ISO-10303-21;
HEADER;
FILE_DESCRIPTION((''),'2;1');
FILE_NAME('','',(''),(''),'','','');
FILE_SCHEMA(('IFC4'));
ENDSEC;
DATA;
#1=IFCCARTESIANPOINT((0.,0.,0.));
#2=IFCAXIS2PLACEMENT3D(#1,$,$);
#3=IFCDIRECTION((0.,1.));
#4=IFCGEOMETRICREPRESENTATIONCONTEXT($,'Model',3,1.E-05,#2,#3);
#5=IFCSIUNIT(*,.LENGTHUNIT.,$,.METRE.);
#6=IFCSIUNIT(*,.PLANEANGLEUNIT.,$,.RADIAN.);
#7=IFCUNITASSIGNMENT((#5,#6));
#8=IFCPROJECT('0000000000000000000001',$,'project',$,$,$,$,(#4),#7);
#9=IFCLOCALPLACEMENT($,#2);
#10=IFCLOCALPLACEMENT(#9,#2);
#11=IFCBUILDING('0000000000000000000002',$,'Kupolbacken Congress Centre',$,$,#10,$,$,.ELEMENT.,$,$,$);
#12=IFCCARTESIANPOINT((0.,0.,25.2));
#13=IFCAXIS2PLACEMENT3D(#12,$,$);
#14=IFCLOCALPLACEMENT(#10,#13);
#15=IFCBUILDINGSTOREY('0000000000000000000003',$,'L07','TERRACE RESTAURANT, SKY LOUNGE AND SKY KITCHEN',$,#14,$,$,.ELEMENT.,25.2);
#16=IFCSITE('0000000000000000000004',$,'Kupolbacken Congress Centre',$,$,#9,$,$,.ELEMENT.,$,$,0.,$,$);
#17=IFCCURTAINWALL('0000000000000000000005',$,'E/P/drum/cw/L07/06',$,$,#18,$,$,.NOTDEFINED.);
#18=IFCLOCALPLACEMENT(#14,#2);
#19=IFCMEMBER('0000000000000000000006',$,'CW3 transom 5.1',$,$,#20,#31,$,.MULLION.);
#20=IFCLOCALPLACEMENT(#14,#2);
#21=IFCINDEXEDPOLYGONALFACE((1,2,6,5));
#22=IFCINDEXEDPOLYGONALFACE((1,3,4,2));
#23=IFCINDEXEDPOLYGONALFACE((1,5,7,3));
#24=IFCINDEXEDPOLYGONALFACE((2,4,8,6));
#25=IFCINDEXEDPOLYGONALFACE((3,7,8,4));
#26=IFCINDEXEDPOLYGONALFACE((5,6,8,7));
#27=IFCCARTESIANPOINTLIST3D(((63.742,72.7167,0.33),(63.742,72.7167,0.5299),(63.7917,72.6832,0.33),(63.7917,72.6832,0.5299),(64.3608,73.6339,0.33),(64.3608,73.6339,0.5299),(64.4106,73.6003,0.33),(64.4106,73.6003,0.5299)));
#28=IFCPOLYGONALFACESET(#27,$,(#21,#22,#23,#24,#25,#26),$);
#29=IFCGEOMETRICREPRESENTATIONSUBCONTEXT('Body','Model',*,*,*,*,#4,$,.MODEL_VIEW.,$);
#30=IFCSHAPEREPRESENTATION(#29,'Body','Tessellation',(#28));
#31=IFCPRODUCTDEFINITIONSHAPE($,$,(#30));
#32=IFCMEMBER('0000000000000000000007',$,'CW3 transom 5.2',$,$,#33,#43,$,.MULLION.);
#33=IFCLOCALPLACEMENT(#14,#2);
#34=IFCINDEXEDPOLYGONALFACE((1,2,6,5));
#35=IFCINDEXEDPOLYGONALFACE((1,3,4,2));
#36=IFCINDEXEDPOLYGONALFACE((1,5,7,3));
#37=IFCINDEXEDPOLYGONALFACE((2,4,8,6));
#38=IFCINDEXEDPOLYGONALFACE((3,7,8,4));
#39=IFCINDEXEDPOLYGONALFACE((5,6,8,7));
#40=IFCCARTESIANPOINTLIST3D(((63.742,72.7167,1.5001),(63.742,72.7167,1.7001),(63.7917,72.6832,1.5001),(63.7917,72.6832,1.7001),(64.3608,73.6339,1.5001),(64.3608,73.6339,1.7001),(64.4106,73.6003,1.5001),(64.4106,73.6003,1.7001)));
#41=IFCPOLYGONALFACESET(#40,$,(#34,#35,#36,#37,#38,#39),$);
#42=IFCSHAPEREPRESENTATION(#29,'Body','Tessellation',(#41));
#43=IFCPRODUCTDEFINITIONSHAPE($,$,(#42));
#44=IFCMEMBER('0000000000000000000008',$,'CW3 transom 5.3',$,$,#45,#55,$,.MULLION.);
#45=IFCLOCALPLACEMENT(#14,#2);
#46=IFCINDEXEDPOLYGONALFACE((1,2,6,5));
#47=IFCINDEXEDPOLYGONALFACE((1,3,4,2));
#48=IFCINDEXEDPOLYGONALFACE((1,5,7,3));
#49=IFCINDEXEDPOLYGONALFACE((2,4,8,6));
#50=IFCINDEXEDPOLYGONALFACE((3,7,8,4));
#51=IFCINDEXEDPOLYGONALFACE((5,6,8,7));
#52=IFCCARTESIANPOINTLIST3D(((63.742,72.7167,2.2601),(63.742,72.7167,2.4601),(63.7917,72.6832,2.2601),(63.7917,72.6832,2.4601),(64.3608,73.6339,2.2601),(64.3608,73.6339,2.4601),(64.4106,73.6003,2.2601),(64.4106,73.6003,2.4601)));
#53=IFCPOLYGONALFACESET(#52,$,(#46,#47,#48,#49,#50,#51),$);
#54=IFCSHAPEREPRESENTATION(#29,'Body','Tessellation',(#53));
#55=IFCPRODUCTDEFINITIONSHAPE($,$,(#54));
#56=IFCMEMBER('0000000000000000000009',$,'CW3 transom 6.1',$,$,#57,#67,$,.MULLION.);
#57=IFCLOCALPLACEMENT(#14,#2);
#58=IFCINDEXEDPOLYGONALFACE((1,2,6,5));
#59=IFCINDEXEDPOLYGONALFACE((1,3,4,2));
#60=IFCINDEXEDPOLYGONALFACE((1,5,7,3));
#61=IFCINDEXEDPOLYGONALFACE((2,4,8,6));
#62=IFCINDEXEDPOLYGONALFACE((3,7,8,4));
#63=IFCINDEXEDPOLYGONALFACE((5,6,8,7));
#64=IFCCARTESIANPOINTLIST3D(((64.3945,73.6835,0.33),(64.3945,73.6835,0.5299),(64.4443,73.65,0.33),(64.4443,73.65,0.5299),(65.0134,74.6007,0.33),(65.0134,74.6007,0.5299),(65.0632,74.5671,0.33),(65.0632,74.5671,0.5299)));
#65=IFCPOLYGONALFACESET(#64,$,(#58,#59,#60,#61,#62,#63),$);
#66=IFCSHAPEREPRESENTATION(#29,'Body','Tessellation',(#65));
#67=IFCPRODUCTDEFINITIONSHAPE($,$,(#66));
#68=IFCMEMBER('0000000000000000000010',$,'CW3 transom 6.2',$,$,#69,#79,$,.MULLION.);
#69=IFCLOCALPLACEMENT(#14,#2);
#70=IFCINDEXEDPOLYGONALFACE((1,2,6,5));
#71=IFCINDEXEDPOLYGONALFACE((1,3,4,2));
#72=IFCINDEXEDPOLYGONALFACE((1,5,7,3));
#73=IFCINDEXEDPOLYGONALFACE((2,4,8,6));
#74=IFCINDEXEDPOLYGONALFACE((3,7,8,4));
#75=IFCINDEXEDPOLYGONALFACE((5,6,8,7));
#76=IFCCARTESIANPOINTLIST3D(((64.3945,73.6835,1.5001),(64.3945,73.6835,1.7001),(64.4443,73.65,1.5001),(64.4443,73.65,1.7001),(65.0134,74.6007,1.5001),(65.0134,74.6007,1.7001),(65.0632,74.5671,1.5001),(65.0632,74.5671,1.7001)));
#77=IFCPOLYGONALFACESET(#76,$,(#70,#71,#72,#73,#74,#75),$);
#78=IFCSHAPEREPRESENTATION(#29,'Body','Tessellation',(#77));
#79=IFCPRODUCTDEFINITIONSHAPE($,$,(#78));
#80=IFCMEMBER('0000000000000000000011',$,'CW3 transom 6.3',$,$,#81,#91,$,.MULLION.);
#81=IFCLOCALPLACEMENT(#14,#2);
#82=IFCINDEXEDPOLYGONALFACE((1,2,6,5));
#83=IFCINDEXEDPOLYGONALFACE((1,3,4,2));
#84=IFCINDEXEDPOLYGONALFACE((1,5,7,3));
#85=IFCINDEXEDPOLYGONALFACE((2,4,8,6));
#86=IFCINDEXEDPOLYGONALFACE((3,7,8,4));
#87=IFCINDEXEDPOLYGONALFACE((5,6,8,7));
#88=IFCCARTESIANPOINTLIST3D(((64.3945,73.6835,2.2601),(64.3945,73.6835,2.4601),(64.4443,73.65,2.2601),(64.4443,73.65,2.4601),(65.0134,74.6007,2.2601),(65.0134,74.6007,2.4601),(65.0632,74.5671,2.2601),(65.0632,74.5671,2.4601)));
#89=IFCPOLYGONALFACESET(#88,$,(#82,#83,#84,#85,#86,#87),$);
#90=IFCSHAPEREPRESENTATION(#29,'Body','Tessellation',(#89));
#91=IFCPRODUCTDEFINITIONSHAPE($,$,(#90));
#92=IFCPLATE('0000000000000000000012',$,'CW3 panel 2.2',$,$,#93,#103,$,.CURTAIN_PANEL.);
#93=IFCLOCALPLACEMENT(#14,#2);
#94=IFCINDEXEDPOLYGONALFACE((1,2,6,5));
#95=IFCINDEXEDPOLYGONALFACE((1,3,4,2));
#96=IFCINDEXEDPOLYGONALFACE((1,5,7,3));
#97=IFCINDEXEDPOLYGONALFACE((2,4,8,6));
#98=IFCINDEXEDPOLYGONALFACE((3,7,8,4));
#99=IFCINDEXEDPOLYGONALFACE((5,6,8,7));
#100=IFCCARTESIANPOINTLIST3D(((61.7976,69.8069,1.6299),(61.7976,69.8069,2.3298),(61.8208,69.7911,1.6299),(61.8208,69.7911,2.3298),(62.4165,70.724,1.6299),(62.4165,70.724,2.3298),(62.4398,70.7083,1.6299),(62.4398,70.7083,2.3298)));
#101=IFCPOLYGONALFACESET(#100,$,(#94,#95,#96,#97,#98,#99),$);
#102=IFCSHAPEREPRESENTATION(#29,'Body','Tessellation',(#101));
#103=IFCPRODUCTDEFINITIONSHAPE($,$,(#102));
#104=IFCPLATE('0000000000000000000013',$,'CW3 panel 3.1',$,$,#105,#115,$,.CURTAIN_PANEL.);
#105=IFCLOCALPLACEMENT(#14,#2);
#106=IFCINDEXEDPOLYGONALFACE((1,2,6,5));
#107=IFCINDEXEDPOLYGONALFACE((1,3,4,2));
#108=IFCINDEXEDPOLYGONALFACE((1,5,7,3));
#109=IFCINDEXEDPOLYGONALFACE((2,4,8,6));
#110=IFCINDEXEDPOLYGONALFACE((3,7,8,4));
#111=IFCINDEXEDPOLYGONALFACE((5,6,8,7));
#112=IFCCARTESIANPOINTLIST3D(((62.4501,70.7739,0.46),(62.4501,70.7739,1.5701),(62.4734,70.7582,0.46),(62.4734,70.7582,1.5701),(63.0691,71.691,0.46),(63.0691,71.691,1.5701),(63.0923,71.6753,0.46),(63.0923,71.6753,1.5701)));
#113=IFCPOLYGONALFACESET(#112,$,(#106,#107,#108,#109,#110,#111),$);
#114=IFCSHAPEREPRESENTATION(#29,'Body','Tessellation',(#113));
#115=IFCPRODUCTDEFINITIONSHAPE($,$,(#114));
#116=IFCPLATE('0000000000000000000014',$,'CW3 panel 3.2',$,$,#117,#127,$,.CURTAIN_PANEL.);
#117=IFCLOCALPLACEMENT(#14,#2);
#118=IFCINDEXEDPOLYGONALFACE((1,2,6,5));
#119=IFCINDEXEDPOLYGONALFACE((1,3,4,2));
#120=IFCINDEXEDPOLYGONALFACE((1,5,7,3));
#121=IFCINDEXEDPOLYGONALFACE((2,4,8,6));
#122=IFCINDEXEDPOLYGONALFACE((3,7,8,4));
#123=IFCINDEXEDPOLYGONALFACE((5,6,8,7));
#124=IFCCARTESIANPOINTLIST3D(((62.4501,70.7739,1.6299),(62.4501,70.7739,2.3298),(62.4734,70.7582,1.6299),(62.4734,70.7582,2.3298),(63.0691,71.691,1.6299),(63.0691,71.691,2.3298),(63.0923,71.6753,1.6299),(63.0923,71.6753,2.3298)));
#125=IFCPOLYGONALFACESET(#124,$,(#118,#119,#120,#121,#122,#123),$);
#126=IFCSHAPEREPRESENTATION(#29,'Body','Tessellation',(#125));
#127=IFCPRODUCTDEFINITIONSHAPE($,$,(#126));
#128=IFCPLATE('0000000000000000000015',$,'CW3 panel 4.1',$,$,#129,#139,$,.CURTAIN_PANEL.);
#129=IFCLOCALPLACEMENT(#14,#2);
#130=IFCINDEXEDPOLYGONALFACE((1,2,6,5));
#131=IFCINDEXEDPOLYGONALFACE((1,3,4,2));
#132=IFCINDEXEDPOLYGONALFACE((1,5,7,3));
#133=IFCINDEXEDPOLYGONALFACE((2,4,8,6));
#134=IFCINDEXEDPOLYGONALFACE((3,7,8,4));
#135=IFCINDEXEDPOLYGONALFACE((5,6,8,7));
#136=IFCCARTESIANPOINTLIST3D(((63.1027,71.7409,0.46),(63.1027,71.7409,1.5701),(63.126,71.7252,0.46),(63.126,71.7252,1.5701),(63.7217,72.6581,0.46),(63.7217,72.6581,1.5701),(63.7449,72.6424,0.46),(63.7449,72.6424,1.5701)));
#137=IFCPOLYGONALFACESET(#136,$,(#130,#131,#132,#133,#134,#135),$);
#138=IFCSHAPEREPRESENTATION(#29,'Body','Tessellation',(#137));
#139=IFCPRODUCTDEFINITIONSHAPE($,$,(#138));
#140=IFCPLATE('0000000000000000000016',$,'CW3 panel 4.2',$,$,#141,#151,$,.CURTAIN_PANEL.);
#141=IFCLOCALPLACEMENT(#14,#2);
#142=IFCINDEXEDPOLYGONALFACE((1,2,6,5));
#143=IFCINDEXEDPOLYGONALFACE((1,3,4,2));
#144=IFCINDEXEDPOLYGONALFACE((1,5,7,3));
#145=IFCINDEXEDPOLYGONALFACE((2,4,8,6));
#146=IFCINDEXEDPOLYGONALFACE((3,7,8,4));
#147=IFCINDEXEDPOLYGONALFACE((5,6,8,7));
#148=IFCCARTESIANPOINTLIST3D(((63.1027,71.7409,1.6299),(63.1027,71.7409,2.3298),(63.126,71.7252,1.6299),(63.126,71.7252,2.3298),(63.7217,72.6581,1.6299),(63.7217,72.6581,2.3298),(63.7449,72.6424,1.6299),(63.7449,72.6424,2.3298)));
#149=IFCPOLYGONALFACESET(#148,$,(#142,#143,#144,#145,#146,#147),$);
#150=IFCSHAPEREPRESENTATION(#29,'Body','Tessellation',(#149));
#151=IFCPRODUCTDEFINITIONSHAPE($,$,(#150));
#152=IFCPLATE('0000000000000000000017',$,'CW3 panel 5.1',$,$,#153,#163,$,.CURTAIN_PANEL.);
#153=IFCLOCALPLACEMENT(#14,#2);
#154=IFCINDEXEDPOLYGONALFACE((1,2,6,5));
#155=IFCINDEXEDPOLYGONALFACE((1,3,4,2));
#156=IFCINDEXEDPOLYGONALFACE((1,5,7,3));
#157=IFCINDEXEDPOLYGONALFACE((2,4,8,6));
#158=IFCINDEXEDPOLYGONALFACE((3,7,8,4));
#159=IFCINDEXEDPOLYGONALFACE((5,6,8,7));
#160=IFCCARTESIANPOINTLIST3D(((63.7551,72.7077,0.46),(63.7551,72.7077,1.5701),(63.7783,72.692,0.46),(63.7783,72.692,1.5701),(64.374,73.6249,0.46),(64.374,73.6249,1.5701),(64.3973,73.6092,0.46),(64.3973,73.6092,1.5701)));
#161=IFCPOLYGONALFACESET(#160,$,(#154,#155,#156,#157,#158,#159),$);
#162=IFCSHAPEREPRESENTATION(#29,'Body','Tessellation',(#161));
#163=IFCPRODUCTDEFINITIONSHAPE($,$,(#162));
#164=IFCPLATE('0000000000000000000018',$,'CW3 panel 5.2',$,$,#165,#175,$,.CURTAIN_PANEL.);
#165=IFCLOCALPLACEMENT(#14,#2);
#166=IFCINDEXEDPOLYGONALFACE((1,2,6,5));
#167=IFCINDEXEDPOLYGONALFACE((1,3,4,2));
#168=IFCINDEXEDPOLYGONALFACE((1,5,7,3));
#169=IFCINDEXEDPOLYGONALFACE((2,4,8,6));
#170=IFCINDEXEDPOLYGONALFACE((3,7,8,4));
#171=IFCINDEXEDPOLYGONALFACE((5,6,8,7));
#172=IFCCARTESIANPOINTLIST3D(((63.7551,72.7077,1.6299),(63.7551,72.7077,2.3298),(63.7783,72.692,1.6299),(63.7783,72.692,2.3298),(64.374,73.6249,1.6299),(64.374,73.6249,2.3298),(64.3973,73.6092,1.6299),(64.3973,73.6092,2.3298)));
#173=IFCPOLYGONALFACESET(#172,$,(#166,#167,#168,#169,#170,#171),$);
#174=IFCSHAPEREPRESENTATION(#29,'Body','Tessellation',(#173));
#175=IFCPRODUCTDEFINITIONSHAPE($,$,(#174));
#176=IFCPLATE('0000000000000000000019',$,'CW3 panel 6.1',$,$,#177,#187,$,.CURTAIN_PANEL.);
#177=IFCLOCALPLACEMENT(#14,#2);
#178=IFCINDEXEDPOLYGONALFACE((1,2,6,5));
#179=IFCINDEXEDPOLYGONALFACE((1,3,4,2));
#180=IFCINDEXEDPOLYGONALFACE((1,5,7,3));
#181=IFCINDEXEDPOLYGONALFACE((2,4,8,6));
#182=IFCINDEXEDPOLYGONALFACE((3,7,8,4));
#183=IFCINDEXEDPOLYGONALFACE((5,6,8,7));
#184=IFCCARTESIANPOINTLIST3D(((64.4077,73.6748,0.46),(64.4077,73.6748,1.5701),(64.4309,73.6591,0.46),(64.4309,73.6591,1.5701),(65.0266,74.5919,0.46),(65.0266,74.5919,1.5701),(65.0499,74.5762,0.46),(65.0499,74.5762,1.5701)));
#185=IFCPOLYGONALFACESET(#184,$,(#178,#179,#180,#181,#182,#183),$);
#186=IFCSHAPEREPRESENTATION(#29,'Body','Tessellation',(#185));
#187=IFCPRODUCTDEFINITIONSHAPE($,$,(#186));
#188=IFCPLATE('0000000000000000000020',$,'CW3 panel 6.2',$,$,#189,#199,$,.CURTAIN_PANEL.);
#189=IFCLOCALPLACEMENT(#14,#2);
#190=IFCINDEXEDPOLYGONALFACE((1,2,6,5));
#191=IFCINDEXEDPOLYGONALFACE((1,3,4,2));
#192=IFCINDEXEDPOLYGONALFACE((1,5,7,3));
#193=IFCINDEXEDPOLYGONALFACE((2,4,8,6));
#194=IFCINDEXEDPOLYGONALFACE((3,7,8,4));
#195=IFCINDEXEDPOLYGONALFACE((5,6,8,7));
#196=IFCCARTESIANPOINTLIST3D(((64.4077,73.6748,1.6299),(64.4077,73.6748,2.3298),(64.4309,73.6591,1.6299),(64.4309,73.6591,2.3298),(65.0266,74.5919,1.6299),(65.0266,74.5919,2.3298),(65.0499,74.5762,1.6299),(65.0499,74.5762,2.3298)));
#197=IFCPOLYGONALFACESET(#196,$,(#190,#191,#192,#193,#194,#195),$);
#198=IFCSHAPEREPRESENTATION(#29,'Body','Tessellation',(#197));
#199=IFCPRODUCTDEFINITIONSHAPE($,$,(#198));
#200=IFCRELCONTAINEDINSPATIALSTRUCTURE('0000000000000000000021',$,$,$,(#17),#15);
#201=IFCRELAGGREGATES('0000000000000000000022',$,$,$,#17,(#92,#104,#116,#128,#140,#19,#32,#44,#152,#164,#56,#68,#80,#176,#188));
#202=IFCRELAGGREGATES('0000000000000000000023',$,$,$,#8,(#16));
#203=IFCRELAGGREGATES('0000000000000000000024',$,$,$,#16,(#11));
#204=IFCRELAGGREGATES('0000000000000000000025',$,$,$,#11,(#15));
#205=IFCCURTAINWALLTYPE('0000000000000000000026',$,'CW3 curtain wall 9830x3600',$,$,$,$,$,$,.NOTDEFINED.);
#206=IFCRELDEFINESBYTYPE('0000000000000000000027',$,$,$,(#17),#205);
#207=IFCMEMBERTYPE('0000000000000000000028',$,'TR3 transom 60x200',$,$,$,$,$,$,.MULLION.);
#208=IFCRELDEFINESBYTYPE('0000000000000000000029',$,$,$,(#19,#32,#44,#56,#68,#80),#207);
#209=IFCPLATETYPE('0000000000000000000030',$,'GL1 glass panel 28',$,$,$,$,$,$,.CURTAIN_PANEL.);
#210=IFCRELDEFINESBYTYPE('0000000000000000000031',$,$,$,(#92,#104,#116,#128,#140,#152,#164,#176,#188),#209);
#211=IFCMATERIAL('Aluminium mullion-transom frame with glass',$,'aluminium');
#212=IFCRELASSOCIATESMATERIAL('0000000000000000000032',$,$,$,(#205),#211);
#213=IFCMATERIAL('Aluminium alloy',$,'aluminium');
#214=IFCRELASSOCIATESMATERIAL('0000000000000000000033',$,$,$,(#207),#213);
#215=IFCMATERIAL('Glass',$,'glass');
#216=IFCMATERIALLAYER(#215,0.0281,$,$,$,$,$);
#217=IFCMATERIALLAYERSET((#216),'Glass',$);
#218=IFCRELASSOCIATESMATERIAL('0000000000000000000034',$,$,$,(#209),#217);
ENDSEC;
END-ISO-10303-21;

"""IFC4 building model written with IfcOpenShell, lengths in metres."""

from ifc_helpers import new_model, si_unit, direction, frame, origin, origin_2d, place, context, subcontext, project, spatial, rectangle, extrude, material, layer, layer_set, material_profile, profile_set, type_object, element, aggregate, save


model = new_model("IFC4")

# Units and contexts
model_context = context("Model", 3, precision=1e-05, world=origin(), true_north=direction((0.0, 1.0)))
body_context = subcontext(model_context, "Body", "Model", "MODEL_VIEW")
ifc_project = project(units=[si_unit("LENGTHUNIT", "METRE"), si_unit("PLANEANGLEUNIT", "RADIAN")], contexts=[model_context])

# Site, building, storey
site_placement = place(None, origin())
site = spatial("IfcSite", under=ifc_project, at=site_placement, Name="Kupolbacken Congress Centre", CompositionType="ELEMENT", RefElevation=0.0)
building_placement = place(site_placement, origin())
building = spatial("IfcBuilding", under=site, at=building_placement, Name="Kupolbacken Congress Centre", CompositionType="ELEMENT")
storey_placement = place(building_placement, frame((0.0, 0.0, 25.2)))
storey = spatial("IfcBuildingStorey", under=building, at=storey_placement, Name="L07", Description="TERRACE RESTAURANT, SKY LOUNGE AND SKY KITCHEN", CompositionType="ELEMENT", Elevation=25.2)

# Curtain wall, members, plates
ifc_material_1 = material(Name="Aluminium mullion-transom frame with glass", Category="aluminium")
curtain_wall_type = type_object("IfcCurtainWallType", Name="CW3 curtain wall 9830x3600", PredefinedType="NOTDEFINED", material=ifc_material_1)
curtain_wall_placement = place(storey_placement, origin())
curtain_wall = element("IfcCurtainWall", 1, at=curtain_wall_placement, inside=storey, type_object=curtain_wall_type, Name="E/P/drum/cw/L07/06", PredefinedType="NOTDEFINED")
ifc_material_2 = material(Name="Aluminium alloy", Category="aluminium")
ifc_material_profile_1 = material_profile(ifc_material_2, rectangle(XDim=0.0601, YDim=0.2, at=origin_2d()), Name="60 x 200")
ifc_profile_set_1 = profile_set([ifc_material_profile_1], Name="Aluminium alloy")
member_type_1 = type_object("IfcMemberType", Name="TR3 transom 60x200", PredefinedType="MULLION", material=ifc_profile_set_1)
member_1_placement = place(storey_placement, frame((63.7668, 72.7, 0.4299), z_axis=(0.559325, 0.828948, 0.0), x_axis=(-0.828948, 0.559325, 0.0)))
member_1 = element("IfcMember", 2, at=member_1_placement, type_object=member_type_1, Name="CW3 transom 5.1", PredefinedType="MULLION", context=body_context, shape_type="SweptSolid", body=[
    extrude(rectangle(XDim=0.0601, YDim=0.2, at=origin_2d()), origin(), (0.0, 0.0, 1.0), 1.1064),
])
member_2_placement = place(storey_placement, frame((63.7668, 72.7, 1.6001), z_axis=(0.559325, 0.828948, 0.0), x_axis=(-0.828948, 0.559325, 0.0)))
member_2 = element("IfcMember", 3, at=member_2_placement, type_object=member_type_1, Name="CW3 transom 5.2", PredefinedType="MULLION", context=body_context, shape_type="SweptSolid", body=[
    extrude(rectangle(XDim=0.0601, YDim=0.2, at=origin_2d()), origin(), (0.0, 0.0, 1.0), 1.1064),
])
member_3_placement = place(storey_placement, frame((63.7668, 72.7, 2.3601), z_axis=(0.559325, 0.828948, 0.0), x_axis=(-0.828948, 0.559325, 0.0)))
member_3 = element("IfcMember", 4, at=member_3_placement, type_object=member_type_1, Name="CW3 transom 5.3", PredefinedType="MULLION", context=body_context, shape_type="SweptSolid", body=[
    extrude(rectangle(XDim=0.0601, YDim=0.2, at=origin_2d()), origin(), (0.0, 0.0, 1.0), 1.1064),
])
member_4_placement = place(storey_placement, frame((64.4194, 73.6667, 0.4299), z_axis=(0.559325, 0.828948, 0.0), x_axis=(-0.828948, 0.559325, 0.0)))
member_4 = element("IfcMember", 5, at=member_4_placement, type_object=member_type_1, Name="CW3 transom 6.1", PredefinedType="MULLION", context=body_context, shape_type="SweptSolid", body=[
    extrude(rectangle(XDim=0.0601, YDim=0.2, at=origin_2d()), origin(), (0.0, 0.0, 1.0), 1.1064),
])
member_5_placement = place(storey_placement, frame((64.4194, 73.6667, 1.6001), z_axis=(0.559325, 0.828948, 0.0), x_axis=(-0.828948, 0.559325, 0.0)))
member_5 = element("IfcMember", 6, at=member_5_placement, type_object=member_type_1, Name="CW3 transom 6.2", PredefinedType="MULLION", context=body_context, shape_type="SweptSolid", body=[
    extrude(rectangle(XDim=0.0601, YDim=0.2, at=origin_2d()), origin(), (0.0, 0.0, 1.0), 1.1064),
])
member_6_placement = place(storey_placement, frame((64.4194, 73.6667, 2.3601), z_axis=(0.559325, 0.828948, 0.0), x_axis=(-0.828948, 0.559325, 0.0)))
member_6 = element("IfcMember", 7, at=member_6_placement, type_object=member_type_1, Name="CW3 transom 6.3", PredefinedType="MULLION", context=body_context, shape_type="SweptSolid", body=[
    extrude(rectangle(XDim=0.0601, YDim=0.2, at=origin_2d()), origin(), (0.0, 0.0, 1.0), 1.1064),
])
ifc_material_3 = material(Name="Glass", Category="glass")
ifc_layer_1 = layer(ifc_material_3, 0.0281)
ifc_layer_set_1 = layer_set([ifc_layer_1], Name="Glass")
plate_type = type_object("IfcPlateType", Name="GL1 glass panel 28", PredefinedType="CURTAIN_PANEL", material=ifc_layer_set_1)
plate_1_placement = place(storey_placement, frame((62.1187, 70.2576, 1.6299), z_axis=(0.0, 0.0, 1.0), x_axis=(0.559386, 0.828908, 0.0)))
plate_1 = element("IfcPlate", 8, at=plate_1_placement, type_object=plate_type, Name="CW3 panel 2.2", PredefinedType="CURTAIN_PANEL", context=body_context, shape_type="SweptSolid", body=[
    extrude(rectangle(XDim=1.1064, YDim=0.0281, at=origin_2d()), origin(), (0.0, 0.0, 1.0), 0.7),
])
plate_2_placement = place(storey_placement, frame((62.7712, 71.2246, 0.46), z_axis=(0.0, 0.0, 1.0), x_axis=(0.559386, 0.828908, 0.0)))
plate_2 = element("IfcPlate", 9, at=plate_2_placement, type_object=plate_type, Name="CW3 panel 3.1", PredefinedType="CURTAIN_PANEL", context=body_context, shape_type="SweptSolid", body=[
    extrude(rectangle(XDim=1.1064, YDim=0.0281, at=origin_2d()), origin(), (0.0, 0.0, 1.0), 1.1101),
])
plate_3_placement = place(storey_placement, frame((62.7712, 71.2246, 1.6299), z_axis=(0.0, 0.0, 1.0), x_axis=(0.559386, 0.828908, 0.0)))
plate_3 = element("IfcPlate", 10, at=plate_3_placement, type_object=plate_type, Name="CW3 panel 3.2", PredefinedType="CURTAIN_PANEL", context=body_context, shape_type="SweptSolid", body=[
    extrude(rectangle(XDim=1.1064, YDim=0.0281, at=origin_2d()), origin(), (0.0, 0.0, 1.0), 0.7),
])
plate_4_placement = place(storey_placement, frame((63.4238, 72.1917, 0.46), z_axis=(0.0, 0.0, 1.0), x_axis=(0.559386, 0.828908, 0.0)))
plate_4 = element("IfcPlate", 11, at=plate_4_placement, type_object=plate_type, Name="CW3 panel 4.1", PredefinedType="CURTAIN_PANEL", context=body_context, shape_type="SweptSolid", body=[
    extrude(rectangle(XDim=1.1064, YDim=0.0281, at=origin_2d()), origin(), (0.0, 0.0, 1.0), 1.1101),
])
plate_5_placement = place(storey_placement, frame((63.4238, 72.1917, 1.6299), z_axis=(0.0, 0.0, 1.0), x_axis=(0.559386, 0.828908, 0.0)))
plate_5 = element("IfcPlate", 12, at=plate_5_placement, type_object=plate_type, Name="CW3 panel 4.2", PredefinedType="CURTAIN_PANEL", context=body_context, shape_type="SweptSolid", body=[
    extrude(rectangle(XDim=1.1064, YDim=0.0281, at=origin_2d()), origin(), (0.0, 0.0, 1.0), 0.7),
])
plate_6_placement = place(storey_placement, frame((64.0762, 73.1584, 0.46), z_axis=(0.0, 0.0, 1.0), x_axis=(0.559386, 0.828908, 0.0)))
plate_6 = element("IfcPlate", 13, at=plate_6_placement, type_object=plate_type, Name="CW3 panel 5.1", PredefinedType="CURTAIN_PANEL", context=body_context, shape_type="SweptSolid", body=[
    extrude(rectangle(XDim=1.1064, YDim=0.0281, at=origin_2d()), origin(), (0.0, 0.0, 1.0), 1.1101),
])
plate_7_placement = place(storey_placement, frame((64.0762, 73.1584, 1.6299), z_axis=(0.0, 0.0, 1.0), x_axis=(0.559386, 0.828908, 0.0)))
plate_7 = element("IfcPlate", 14, at=plate_7_placement, type_object=plate_type, Name="CW3 panel 5.2", PredefinedType="CURTAIN_PANEL", context=body_context, shape_type="SweptSolid", body=[
    extrude(rectangle(XDim=1.1064, YDim=0.0281, at=origin_2d()), origin(), (0.0, 0.0, 1.0), 0.7),
])
plate_8_placement = place(storey_placement, frame((64.7288, 74.1255, 0.46), z_axis=(0.0, 0.0, 1.0), x_axis=(0.559386, 0.828908, 0.0)))
plate_8 = element("IfcPlate", 15, at=plate_8_placement, type_object=plate_type, Name="CW3 panel 6.1", PredefinedType="CURTAIN_PANEL", context=body_context, shape_type="SweptSolid", body=[
    extrude(rectangle(XDim=1.1064, YDim=0.0281, at=origin_2d()), origin(), (0.0, 0.0, 1.0), 1.1101),
])
plate_9_placement = place(storey_placement, frame((64.7288, 74.1255, 1.6299), z_axis=(0.0, 0.0, 1.0), x_axis=(0.559386, 0.828908, 0.0)))
plate_9 = element("IfcPlate", 16, at=plate_9_placement, type_object=plate_type, Name="CW3 panel 6.2", PredefinedType="CURTAIN_PANEL", context=body_context, shape_type="SweptSolid", body=[
    extrude(rectangle(XDim=1.1064, YDim=0.0281, at=origin_2d()), origin(), (0.0, 0.0, 1.0), 0.7),
])
aggregate(curtain_wall, [plate_1, plate_2, plate_3, plate_4, plate_5, member_1, member_2, member_3, plate_6, plate_7, member_4, member_5, member_6, plate_8, plate_9])

save(model, "model.ifc")
